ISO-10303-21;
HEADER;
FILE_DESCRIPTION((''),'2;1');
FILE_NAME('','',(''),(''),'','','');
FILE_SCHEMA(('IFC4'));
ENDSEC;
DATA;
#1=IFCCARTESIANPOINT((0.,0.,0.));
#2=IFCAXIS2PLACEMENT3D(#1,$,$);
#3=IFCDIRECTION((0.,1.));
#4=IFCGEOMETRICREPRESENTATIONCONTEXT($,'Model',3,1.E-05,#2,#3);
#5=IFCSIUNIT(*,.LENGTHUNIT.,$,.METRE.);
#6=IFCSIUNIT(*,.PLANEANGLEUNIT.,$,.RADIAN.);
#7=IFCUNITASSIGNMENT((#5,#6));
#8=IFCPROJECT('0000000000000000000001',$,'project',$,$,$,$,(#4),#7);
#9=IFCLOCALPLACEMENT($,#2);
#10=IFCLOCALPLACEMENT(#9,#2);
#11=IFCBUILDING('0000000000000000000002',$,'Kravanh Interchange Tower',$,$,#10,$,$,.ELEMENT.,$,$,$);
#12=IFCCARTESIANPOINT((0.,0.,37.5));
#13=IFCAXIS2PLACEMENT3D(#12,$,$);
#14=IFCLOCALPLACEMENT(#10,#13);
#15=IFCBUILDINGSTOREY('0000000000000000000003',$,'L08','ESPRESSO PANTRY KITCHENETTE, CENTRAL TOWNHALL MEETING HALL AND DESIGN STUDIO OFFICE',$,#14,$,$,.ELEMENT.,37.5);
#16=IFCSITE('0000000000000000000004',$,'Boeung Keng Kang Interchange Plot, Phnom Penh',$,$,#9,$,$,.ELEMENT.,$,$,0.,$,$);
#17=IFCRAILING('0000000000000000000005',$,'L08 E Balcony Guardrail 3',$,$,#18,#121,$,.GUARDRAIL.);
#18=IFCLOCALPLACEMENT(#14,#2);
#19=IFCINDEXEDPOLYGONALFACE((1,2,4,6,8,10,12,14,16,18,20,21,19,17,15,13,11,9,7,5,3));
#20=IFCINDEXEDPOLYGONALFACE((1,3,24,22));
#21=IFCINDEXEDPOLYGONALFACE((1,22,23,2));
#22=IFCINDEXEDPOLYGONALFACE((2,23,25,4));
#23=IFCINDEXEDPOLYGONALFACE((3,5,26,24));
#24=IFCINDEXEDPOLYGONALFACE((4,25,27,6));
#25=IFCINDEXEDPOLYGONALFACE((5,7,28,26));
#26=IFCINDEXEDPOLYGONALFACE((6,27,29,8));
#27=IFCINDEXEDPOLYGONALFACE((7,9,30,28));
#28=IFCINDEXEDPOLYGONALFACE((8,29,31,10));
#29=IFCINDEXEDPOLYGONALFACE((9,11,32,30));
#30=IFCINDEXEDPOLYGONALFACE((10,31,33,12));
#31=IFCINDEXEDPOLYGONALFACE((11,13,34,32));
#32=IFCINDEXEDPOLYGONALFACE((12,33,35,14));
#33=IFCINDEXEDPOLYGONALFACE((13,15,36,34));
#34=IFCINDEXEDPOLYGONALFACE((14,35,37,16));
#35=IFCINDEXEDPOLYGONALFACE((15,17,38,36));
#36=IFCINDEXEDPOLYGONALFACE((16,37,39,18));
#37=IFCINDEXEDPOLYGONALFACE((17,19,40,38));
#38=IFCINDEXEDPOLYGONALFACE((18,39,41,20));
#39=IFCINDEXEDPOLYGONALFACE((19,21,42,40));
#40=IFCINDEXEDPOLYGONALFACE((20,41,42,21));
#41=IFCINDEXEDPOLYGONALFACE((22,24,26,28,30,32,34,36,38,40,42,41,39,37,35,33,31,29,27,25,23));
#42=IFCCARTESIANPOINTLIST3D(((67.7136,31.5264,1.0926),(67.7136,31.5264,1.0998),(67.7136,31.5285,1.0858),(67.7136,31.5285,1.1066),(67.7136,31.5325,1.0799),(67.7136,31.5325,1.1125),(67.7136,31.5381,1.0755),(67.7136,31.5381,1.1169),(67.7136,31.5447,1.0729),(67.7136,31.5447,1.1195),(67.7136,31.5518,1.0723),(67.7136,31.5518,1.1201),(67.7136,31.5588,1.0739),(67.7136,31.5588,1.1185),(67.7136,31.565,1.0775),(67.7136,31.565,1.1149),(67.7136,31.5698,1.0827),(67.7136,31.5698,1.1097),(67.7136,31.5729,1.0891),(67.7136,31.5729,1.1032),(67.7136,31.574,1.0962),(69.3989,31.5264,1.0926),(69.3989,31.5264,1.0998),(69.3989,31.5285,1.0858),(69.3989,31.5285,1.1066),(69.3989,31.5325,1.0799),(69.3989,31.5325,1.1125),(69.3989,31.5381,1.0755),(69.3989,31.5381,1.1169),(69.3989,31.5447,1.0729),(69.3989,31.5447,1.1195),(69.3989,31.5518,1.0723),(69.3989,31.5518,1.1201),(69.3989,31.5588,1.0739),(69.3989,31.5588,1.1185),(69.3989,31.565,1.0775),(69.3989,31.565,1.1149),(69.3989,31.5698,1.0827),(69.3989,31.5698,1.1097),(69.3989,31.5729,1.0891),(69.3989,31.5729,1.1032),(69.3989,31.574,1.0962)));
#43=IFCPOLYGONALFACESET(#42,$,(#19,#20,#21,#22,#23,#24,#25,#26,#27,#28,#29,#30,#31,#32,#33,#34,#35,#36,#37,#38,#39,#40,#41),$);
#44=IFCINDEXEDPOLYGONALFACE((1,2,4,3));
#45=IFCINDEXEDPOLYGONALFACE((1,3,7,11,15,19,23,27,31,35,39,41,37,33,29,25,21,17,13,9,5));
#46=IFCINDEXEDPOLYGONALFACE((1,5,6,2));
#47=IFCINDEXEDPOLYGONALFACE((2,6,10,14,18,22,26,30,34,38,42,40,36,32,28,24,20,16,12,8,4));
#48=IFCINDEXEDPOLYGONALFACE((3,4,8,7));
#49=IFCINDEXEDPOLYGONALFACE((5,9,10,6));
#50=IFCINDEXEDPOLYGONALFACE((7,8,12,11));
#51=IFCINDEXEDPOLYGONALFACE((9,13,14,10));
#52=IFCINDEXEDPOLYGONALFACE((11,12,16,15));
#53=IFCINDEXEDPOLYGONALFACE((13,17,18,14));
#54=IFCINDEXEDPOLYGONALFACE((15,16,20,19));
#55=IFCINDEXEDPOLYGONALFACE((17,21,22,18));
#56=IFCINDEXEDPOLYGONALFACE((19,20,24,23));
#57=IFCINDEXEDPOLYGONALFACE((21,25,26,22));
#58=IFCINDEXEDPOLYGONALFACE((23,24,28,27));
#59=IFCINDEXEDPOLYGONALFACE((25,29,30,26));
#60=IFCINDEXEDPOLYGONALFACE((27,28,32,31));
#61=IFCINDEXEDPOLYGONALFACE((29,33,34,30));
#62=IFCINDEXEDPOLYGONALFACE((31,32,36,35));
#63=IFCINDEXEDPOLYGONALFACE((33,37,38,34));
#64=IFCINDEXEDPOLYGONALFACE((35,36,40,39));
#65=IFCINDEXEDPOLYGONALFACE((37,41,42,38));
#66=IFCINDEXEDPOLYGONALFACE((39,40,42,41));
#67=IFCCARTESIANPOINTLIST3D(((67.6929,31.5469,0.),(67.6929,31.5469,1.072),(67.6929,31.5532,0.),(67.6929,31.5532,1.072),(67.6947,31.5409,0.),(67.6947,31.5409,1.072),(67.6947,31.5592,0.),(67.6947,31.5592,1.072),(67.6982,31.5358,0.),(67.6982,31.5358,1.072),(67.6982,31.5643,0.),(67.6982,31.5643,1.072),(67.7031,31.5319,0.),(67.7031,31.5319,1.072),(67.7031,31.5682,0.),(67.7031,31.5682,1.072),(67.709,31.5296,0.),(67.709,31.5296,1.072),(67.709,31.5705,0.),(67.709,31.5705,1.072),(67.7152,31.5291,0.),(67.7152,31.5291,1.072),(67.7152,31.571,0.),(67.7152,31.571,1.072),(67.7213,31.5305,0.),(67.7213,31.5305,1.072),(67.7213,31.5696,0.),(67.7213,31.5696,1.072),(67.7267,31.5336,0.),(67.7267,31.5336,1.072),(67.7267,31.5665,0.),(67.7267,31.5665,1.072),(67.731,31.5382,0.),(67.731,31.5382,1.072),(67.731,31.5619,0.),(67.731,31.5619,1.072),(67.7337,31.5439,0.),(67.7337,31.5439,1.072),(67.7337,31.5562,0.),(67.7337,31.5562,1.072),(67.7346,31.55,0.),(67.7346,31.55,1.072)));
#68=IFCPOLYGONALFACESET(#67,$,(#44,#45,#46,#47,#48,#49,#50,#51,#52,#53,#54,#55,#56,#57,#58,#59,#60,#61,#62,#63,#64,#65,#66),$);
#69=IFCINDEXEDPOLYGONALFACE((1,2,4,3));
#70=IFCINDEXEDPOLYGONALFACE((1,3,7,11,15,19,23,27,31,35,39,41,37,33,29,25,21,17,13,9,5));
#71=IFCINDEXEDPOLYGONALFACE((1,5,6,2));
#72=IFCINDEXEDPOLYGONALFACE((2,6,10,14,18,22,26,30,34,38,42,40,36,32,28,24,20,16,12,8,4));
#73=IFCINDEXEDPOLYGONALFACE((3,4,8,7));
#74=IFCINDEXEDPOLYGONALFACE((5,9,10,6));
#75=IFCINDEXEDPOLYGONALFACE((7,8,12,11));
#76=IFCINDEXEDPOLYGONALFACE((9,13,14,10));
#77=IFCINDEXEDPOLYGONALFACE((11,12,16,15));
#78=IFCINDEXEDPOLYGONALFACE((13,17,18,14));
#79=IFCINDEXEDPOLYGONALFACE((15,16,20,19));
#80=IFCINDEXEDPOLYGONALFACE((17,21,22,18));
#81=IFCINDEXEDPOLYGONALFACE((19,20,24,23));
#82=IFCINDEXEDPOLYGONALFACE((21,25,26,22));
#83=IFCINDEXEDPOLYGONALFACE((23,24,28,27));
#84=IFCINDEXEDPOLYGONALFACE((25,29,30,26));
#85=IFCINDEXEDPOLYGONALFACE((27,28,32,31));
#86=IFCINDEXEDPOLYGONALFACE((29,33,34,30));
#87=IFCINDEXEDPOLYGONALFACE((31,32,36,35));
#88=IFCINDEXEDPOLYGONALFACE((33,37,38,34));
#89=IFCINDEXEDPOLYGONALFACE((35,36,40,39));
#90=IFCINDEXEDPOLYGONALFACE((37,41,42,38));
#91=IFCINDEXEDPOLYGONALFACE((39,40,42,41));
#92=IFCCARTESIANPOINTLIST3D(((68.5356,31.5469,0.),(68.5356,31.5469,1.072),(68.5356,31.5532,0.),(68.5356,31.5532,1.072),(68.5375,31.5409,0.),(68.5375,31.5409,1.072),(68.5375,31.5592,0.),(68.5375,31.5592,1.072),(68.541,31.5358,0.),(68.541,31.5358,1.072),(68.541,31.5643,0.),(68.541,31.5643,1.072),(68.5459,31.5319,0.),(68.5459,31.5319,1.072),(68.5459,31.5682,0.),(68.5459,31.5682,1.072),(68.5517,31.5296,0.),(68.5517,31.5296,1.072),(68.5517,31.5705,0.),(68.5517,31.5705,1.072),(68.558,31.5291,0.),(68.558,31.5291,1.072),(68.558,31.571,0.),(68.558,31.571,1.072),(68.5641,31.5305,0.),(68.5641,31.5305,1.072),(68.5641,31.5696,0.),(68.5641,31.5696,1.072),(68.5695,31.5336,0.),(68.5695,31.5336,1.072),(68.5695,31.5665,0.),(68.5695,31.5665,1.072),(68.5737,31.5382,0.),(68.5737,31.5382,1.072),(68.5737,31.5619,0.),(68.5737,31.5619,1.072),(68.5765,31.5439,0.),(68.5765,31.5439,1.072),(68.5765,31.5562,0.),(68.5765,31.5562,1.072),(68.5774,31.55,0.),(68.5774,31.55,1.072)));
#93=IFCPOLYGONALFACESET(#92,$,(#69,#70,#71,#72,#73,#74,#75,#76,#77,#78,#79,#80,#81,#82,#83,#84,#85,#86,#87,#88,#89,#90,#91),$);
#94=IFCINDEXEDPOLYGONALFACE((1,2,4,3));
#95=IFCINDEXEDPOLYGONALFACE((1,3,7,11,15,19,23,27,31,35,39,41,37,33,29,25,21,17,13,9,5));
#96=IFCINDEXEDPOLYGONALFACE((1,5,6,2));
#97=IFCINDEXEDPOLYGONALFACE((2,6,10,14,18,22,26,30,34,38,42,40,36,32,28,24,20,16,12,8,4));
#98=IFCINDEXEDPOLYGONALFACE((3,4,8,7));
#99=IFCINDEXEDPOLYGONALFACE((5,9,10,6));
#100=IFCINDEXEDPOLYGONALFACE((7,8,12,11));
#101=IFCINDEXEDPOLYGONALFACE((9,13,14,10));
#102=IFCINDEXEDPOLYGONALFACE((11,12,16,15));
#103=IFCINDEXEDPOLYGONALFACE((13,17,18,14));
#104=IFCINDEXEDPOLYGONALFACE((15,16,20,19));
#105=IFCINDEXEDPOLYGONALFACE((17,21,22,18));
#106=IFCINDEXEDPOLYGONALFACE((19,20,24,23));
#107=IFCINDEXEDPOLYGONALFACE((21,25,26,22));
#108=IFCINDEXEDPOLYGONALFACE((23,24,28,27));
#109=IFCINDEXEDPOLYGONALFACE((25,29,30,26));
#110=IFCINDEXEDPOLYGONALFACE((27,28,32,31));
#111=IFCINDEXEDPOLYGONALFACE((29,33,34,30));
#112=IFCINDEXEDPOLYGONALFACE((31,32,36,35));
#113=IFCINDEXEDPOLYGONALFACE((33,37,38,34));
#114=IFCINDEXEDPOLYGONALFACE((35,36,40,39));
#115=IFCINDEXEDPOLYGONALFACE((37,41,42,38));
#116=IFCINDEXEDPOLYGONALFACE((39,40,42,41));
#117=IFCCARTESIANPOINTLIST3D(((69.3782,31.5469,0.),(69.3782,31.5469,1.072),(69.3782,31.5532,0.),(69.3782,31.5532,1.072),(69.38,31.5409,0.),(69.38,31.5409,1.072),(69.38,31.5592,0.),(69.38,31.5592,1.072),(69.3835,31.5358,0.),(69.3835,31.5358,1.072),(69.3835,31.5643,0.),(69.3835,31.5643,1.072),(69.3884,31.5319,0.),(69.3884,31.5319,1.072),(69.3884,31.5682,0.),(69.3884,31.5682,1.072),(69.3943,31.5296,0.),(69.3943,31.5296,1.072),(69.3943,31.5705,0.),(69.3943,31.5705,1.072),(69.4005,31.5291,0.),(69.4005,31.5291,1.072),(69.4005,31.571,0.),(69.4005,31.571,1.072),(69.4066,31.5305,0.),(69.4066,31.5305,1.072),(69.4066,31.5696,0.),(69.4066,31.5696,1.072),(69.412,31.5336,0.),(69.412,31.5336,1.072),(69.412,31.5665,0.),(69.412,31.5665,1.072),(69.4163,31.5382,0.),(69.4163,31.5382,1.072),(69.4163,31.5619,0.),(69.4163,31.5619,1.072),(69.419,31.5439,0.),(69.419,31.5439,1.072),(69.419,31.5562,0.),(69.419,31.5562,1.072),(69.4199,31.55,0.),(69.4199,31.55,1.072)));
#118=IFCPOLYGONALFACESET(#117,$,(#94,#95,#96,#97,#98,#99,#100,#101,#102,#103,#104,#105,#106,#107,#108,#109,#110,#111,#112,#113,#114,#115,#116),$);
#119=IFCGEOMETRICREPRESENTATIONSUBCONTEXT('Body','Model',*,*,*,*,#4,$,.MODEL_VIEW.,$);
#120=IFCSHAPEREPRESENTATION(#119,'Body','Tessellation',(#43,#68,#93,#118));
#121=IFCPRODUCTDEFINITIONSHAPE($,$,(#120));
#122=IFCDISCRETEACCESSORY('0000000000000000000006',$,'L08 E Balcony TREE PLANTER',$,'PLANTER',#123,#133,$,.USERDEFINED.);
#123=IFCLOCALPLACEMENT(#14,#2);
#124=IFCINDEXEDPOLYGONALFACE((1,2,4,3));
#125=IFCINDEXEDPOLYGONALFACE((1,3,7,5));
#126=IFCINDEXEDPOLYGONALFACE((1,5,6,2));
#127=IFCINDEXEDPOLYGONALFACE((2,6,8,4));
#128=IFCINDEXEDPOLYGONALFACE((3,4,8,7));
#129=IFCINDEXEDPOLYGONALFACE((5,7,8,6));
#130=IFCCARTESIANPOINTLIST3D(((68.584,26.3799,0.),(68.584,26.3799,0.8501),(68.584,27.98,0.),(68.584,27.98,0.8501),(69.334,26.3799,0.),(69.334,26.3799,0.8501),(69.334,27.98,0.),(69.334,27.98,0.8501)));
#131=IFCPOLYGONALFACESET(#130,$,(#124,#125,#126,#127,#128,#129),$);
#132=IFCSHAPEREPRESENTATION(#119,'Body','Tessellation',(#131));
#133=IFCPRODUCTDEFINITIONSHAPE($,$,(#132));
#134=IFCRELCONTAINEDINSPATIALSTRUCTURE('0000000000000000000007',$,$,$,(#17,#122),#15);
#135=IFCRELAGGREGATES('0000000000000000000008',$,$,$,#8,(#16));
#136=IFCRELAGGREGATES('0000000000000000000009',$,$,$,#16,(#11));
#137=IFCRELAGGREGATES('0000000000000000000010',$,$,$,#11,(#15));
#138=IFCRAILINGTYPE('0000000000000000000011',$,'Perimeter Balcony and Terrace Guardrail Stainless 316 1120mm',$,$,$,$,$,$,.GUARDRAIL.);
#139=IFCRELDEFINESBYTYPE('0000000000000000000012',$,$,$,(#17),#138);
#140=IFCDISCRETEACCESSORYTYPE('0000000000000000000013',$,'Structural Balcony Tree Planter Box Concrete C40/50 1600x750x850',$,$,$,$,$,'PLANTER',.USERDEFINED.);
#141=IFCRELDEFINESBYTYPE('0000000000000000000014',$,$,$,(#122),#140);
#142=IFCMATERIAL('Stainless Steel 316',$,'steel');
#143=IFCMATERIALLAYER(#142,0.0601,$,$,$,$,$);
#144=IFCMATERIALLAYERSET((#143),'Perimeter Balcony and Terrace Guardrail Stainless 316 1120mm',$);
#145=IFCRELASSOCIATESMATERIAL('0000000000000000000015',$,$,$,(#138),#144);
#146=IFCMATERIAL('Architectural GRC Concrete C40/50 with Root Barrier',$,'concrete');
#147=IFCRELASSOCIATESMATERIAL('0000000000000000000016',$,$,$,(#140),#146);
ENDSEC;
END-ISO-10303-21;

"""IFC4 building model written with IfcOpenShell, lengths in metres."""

from ifc_helpers import new_model, si_unit, direction, frame, origin, origin_2d, place, context, subcontext, project, spatial, rectangle, circle, extrude, material, layer, layer_set, type_object, element, save


model = new_model("IFC4")

# Units and contexts
model_context = context("Model", 3, precision=1e-05, world=origin(), true_north=direction((0.0, 1.0)))
body_context = subcontext(model_context, "Body", "Model", "MODEL_VIEW")
ifc_project = project(units=[si_unit("LENGTHUNIT", "METRE"), si_unit("PLANEANGLEUNIT", "RADIAN")], contexts=[model_context])

# Site, building, storey
site_placement = place(None, origin())
site = spatial("IfcSite", under=ifc_project, at=site_placement, Name="Boeung Keng Kang Interchange Plot, Phnom Penh", CompositionType="ELEMENT", RefElevation=0.0)
building_placement = place(site_placement, origin())
building = spatial("IfcBuilding", under=site, at=building_placement, Name="Kravanh Interchange Tower", CompositionType="ELEMENT")
storey_placement = place(building_placement, frame((0.0, 0.0, 37.5)))
storey = spatial("IfcBuildingStorey", under=building, at=storey_placement, Name="L08", Description="ESPRESSO PANTRY KITCHENETTE, CENTRAL TOWNHALL MEETING HALL AND DESIGN STUDIO OFFICE", CompositionType="ELEMENT", Elevation=37.5)

# Railing
ifc_material_1 = material(Name="Stainless Steel 316", Category="steel")
ifc_layer_1 = layer(ifc_material_1, 0.0601)
ifc_layer_set_1 = layer_set([ifc_layer_1], Name="Perimeter Balcony and Terrace Guardrail Stainless 316 1120mm")
railing_type = type_object("IfcRailingType", Name="Perimeter Balcony and Terrace Guardrail Stainless 316 1120mm", PredefinedType="GUARDRAIL", material=ifc_layer_set_1)
railing_1_placement = place(storey_placement, frame((67.7136, 31.55, 0.0)))
element("IfcRailing", 1, at=railing_1_placement, inside=storey, type_object=railing_type, Name="L08 E Balcony Guardrail 3", PredefinedType="GUARDRAIL", context=body_context, shape_type="SweptSolid", body=[
    extrude(circle(Radius=0.0239, at=origin_2d()), frame((0.0, 0.0, 1.0962), z_axis=(1.0, 0.0, 0.0), x_axis=(0.0, 1.0, 0.0)), (0.0, 0.0, 1.0), 1.6853),
    extrude(circle(Radius=0.021, at=origin_2d()), origin(), (0.0, 0.0, 1.0), 1.072),
    extrude(circle(Radius=0.021, at=origin_2d()), frame((0.8428, 0.0, 0.0)), (0.0, 0.0, 1.0), 1.072),
    extrude(circle(Radius=0.021, at=origin_2d()), frame((1.6853, 0.0, 0.0)), (0.0, 0.0, 1.0), 1.072),
])

# Discrete accessory
ifc_material_2 = material(Name="Architectural GRC Concrete C40/50 with Root Barrier", Category="concrete")
discrete_accessory_type = type_object("IfcDiscreteAccessoryType", Name="Structural Balcony Tree Planter Box Concrete C40/50 1600x750x850", ElementType="PLANTER", PredefinedType="USERDEFINED", material=ifc_material_2)
discrete_accessory_placement = place(storey_placement, frame((68.959, 27.1799, 0.0), z_axis=(0.0, 0.0, 1.0), x_axis=(1.0, 0.0, 0.0)))
element("IfcDiscreteAccessory", 2, at=discrete_accessory_placement, inside=storey, type_object=discrete_accessory_type, Name="L08 E Balcony TREE PLANTER", ObjectType="PLANTER", PredefinedType="USERDEFINED", context=body_context, shape_type="SweptSolid", body=[
    extrude(rectangle(XDim=0.75, YDim=1.6001, at=origin_2d()), origin(), (0.0, 0.0, 1.0), 0.8501),
])

save(model, "model.ifc")
